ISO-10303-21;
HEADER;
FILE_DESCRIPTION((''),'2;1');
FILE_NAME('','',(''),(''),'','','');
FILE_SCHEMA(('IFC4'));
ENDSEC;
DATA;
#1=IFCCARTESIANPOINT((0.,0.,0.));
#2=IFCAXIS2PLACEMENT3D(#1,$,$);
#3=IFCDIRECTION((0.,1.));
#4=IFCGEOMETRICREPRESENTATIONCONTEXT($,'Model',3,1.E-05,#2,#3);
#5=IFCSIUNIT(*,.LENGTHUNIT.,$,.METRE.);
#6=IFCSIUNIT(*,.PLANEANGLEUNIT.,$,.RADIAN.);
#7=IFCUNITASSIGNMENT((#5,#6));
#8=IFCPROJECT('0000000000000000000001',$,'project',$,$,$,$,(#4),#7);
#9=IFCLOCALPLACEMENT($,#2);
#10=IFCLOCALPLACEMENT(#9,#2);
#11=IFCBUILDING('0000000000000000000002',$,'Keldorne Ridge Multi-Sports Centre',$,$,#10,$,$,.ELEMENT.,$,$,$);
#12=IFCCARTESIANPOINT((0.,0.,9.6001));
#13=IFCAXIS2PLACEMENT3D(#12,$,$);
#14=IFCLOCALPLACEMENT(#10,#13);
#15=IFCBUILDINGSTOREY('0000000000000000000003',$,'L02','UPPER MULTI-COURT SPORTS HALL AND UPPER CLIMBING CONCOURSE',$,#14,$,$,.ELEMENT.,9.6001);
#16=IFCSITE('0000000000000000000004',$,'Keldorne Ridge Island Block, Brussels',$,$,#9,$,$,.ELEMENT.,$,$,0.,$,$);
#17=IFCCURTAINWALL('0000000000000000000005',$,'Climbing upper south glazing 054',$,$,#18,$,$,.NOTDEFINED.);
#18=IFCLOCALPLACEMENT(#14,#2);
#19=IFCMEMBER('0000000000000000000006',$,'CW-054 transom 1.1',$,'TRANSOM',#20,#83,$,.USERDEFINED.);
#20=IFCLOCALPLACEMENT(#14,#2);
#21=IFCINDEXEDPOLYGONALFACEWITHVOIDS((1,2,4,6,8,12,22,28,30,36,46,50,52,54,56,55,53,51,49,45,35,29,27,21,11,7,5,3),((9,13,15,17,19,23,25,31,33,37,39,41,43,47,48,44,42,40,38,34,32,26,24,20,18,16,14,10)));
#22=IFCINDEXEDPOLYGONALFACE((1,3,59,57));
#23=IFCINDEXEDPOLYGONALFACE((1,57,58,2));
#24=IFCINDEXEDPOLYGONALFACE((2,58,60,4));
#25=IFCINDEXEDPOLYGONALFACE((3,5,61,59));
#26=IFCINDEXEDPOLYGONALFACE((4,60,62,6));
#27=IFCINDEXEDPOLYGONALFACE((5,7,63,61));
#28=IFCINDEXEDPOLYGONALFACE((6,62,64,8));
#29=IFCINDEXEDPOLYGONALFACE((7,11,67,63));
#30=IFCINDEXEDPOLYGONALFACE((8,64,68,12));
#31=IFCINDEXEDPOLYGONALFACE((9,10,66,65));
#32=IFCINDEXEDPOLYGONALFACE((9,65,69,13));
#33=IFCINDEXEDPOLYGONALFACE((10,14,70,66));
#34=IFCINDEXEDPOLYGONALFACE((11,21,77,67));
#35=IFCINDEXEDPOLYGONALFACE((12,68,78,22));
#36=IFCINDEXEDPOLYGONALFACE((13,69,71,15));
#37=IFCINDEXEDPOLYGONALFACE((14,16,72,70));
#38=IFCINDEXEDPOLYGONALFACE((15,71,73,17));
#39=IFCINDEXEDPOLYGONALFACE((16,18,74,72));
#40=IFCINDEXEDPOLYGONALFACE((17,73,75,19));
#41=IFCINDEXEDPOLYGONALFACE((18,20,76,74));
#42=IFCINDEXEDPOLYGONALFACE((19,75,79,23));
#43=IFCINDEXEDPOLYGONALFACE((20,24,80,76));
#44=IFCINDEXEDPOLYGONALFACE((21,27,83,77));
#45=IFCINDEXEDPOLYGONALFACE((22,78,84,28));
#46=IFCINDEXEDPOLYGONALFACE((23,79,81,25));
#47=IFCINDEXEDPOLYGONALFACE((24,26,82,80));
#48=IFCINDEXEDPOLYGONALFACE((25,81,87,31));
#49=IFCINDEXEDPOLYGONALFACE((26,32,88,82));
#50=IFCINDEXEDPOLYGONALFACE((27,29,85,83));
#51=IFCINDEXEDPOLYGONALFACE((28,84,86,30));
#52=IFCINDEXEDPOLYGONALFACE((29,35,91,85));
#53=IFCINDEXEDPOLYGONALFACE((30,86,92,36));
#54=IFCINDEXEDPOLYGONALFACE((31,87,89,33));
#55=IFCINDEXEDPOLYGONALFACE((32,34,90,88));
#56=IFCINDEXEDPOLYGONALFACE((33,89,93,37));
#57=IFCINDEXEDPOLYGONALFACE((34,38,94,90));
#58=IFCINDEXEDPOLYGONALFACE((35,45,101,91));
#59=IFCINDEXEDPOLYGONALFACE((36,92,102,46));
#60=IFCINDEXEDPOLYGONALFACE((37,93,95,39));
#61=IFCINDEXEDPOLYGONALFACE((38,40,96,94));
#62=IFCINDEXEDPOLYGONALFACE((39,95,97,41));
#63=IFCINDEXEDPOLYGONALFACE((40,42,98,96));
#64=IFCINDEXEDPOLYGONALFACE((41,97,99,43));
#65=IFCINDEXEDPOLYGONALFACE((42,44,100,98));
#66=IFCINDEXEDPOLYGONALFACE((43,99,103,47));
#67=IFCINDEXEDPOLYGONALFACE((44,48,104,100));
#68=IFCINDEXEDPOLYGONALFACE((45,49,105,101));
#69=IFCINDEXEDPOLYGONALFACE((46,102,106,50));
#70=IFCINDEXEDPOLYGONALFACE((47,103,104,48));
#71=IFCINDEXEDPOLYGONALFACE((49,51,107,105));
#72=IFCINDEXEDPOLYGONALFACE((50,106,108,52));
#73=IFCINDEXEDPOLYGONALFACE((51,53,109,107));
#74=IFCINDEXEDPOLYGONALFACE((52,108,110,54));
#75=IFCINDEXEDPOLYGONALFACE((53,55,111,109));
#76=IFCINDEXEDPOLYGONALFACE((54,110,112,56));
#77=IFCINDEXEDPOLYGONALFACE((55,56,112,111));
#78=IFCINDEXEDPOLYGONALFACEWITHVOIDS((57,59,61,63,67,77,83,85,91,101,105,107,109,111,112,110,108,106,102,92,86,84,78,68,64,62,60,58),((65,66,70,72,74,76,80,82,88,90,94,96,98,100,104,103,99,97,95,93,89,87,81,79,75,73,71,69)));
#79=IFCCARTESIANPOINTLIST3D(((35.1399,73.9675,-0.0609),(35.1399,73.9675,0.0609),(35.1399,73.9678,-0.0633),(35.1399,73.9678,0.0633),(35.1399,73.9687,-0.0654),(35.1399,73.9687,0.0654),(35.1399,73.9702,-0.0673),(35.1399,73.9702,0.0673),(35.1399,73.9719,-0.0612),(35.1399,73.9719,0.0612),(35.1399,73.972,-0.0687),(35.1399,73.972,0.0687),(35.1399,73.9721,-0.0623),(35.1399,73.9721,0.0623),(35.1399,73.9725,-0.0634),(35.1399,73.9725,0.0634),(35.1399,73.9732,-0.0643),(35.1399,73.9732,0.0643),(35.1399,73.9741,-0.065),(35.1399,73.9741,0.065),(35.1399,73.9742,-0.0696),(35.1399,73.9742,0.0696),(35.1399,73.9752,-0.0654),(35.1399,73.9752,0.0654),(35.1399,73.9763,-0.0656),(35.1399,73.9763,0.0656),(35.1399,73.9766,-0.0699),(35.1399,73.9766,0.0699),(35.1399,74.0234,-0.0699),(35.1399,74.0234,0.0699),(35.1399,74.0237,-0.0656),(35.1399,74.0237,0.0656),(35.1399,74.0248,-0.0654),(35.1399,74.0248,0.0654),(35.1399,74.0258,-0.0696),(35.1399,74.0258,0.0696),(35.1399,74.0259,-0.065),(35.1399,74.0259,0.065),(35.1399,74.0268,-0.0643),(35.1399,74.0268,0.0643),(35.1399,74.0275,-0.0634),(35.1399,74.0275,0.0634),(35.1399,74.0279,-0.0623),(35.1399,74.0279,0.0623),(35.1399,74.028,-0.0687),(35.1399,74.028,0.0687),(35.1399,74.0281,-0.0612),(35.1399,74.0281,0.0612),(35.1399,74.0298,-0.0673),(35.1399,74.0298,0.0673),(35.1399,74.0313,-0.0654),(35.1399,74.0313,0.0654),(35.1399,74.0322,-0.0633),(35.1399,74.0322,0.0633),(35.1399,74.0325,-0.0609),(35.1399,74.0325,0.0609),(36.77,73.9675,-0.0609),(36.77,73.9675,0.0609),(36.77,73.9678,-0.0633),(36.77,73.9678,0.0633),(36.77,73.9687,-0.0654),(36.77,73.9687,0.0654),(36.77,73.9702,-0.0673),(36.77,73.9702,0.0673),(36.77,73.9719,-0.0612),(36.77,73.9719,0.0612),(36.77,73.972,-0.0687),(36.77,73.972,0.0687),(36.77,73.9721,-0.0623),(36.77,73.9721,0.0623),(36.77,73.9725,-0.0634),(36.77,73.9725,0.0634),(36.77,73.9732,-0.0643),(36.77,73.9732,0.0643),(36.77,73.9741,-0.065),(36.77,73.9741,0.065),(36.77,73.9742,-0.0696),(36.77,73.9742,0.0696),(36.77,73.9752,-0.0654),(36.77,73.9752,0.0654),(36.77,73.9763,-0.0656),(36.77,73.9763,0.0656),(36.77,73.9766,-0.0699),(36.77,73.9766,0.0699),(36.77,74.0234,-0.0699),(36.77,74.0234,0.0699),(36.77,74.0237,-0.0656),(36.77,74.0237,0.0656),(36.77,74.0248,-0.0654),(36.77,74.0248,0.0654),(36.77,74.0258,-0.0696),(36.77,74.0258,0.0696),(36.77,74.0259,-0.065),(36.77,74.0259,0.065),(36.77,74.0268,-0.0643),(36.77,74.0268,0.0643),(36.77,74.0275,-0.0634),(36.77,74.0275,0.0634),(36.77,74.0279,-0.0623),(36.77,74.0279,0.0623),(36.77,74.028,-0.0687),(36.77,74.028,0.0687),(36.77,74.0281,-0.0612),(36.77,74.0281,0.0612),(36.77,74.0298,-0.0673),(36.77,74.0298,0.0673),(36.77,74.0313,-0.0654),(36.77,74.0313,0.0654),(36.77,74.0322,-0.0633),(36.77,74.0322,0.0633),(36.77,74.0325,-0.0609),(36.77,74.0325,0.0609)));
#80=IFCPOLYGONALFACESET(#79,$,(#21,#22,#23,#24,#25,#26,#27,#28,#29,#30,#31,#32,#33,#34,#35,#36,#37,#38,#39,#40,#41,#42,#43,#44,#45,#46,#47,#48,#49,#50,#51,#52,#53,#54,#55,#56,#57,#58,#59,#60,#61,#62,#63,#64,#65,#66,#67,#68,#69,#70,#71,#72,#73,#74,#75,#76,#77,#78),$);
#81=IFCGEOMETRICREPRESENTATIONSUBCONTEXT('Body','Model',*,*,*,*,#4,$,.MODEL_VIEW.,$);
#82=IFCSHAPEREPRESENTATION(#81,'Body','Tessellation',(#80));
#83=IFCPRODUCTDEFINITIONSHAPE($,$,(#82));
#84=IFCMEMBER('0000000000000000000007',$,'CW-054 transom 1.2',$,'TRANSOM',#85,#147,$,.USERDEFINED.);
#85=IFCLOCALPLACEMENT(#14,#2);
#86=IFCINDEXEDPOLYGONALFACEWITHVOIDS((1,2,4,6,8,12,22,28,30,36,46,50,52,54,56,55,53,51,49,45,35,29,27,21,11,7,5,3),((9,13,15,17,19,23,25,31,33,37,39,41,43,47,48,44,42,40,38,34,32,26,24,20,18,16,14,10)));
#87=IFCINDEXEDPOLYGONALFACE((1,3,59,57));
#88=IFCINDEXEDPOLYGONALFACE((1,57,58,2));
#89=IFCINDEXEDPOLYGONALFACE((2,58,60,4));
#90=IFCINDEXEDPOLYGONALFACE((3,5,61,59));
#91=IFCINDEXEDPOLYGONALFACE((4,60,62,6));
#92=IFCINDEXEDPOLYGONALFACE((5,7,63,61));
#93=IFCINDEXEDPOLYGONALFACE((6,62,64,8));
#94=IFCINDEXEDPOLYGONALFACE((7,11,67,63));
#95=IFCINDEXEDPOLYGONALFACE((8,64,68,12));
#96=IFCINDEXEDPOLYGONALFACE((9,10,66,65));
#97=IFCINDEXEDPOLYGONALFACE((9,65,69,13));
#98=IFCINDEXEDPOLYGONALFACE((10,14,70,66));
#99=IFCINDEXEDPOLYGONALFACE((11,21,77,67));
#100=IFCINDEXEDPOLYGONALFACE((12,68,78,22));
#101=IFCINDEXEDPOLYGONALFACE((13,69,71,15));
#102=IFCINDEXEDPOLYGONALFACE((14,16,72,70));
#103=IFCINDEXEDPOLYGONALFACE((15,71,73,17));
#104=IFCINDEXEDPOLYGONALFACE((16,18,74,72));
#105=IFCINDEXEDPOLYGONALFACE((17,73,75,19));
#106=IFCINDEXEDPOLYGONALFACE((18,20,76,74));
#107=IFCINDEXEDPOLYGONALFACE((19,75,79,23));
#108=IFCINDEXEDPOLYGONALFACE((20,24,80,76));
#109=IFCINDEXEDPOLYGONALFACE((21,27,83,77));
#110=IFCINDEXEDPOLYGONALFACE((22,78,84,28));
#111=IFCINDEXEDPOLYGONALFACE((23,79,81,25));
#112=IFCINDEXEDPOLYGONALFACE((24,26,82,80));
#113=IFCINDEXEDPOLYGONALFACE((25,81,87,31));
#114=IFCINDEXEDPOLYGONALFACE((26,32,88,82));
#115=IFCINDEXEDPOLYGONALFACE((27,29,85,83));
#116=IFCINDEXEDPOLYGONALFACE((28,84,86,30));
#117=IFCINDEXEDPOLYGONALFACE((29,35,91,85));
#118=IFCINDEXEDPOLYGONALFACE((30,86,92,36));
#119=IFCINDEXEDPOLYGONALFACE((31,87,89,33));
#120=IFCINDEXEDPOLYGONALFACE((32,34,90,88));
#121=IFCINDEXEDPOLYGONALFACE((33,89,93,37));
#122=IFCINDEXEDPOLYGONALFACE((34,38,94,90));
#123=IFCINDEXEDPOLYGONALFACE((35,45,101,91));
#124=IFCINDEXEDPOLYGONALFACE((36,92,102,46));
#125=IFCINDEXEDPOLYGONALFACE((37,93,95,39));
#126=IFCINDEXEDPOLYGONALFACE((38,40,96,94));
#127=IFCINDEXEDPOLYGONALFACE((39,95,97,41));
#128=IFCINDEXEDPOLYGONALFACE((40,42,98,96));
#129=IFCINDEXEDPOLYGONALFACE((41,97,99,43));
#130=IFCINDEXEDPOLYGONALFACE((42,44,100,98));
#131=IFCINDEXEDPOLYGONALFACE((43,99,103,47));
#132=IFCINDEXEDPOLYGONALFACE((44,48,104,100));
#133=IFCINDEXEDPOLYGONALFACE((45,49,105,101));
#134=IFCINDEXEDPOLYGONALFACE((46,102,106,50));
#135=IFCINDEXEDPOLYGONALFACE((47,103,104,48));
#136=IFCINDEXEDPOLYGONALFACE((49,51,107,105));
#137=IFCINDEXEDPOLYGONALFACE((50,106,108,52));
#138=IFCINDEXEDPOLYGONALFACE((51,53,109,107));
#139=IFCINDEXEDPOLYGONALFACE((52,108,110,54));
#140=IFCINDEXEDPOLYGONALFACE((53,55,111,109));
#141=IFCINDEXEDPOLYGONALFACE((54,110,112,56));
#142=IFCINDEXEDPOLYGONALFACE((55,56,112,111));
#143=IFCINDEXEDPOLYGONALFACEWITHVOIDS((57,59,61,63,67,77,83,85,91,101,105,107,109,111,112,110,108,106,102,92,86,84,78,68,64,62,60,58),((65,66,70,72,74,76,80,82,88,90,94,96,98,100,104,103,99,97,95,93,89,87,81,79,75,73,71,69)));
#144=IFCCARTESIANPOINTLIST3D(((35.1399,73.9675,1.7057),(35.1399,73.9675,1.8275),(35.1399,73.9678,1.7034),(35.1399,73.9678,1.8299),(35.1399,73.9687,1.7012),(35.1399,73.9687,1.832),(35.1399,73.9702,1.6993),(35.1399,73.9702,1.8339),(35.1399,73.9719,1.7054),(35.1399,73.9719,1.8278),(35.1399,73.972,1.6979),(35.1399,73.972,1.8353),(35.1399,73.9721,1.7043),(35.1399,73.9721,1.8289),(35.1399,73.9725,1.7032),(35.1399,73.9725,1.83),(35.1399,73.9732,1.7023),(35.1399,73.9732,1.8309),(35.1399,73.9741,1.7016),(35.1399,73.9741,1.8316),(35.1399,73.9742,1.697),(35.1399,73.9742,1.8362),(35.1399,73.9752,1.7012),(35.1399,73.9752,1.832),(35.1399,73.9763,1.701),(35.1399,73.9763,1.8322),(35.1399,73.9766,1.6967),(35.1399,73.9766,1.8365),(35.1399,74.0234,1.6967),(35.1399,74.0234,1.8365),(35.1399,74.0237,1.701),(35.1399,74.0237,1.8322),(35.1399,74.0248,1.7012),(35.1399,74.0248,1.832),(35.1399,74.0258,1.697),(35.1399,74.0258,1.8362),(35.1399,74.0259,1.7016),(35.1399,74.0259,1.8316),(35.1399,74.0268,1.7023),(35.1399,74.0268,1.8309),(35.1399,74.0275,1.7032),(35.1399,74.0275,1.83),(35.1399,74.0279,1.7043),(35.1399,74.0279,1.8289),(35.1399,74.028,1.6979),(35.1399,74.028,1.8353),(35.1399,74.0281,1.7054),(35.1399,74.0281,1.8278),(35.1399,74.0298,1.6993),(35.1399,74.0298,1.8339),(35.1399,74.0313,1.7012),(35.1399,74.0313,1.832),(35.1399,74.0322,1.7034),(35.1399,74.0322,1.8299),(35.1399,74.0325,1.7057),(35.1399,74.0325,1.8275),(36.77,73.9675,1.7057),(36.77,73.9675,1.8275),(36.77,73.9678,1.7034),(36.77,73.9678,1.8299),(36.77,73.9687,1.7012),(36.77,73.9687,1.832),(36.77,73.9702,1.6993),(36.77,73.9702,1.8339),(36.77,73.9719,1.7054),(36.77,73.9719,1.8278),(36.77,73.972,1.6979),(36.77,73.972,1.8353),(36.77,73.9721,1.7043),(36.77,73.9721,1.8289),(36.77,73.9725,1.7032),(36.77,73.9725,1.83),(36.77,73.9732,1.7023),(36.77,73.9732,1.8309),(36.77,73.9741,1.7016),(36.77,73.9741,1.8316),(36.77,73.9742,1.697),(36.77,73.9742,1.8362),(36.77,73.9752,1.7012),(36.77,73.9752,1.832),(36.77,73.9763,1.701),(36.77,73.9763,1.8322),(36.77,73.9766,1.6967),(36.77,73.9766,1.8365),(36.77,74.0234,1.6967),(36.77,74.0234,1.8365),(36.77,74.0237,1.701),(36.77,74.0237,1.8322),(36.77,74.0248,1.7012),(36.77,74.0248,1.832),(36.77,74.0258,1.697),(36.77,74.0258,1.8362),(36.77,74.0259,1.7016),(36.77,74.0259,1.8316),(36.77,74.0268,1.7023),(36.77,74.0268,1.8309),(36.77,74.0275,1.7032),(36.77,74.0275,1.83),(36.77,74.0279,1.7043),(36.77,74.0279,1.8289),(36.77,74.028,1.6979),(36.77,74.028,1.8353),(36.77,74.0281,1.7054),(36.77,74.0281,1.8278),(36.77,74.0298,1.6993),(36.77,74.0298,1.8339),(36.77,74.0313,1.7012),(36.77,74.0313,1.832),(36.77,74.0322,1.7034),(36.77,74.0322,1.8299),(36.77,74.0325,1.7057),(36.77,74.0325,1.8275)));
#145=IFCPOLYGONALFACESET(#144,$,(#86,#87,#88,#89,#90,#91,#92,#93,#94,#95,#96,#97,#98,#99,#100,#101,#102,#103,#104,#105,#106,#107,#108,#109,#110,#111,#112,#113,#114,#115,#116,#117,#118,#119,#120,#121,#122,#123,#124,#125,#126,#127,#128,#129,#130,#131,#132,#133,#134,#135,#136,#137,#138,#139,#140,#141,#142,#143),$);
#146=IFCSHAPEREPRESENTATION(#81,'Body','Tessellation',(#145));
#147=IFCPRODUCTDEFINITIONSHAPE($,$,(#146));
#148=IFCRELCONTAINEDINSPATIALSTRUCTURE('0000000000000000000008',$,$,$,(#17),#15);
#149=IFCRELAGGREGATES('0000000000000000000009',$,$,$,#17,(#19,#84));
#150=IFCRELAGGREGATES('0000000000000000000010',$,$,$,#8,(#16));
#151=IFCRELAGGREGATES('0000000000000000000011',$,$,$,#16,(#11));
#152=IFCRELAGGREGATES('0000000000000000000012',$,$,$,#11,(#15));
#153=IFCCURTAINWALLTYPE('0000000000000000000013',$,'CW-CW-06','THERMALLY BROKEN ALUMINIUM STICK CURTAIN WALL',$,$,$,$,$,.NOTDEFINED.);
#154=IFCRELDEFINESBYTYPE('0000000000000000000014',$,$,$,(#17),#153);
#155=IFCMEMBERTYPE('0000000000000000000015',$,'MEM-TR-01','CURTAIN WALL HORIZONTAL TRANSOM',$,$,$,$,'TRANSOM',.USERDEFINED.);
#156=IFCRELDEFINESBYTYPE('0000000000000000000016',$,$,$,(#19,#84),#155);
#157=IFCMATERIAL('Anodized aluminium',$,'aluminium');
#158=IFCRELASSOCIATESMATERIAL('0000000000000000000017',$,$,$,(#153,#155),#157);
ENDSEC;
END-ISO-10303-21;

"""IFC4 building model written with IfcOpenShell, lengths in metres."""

from ifc_helpers import new_model, si_unit, direction, frame, origin, origin_2d, place, context, subcontext, project, spatial, hollow_rectangle, extrude, material, material_profile, profile_set, type_object, element, aggregate, save


model = new_model("IFC4")

# Units and contexts
model_context = context("Model", 3, precision=1e-05, world=origin(), true_north=direction((0.0, 1.0)))
body_context = subcontext(model_context, "Body", "Model", "MODEL_VIEW")
ifc_project = project(units=[si_unit("LENGTHUNIT", "METRE"), si_unit("PLANEANGLEUNIT", "RADIAN")], contexts=[model_context])

# Site, building, storey
site_placement = place(None, origin())
site = spatial("IfcSite", under=ifc_project, at=site_placement, Name="Keldorne Ridge Island Block, Brussels", CompositionType="ELEMENT", RefElevation=0.0)
building_placement = place(site_placement, origin())
building = spatial("IfcBuilding", under=site, at=building_placement, Name="Keldorne Ridge Multi-Sports Centre", CompositionType="ELEMENT")
storey_placement = place(building_placement, frame((0.0, 0.0, 9.6001)))
storey = spatial("IfcBuildingStorey", under=building, at=storey_placement, Name="L02", Description="UPPER MULTI-COURT SPORTS HALL AND UPPER CLIMBING CONCOURSE", CompositionType="ELEMENT", Elevation=9.6001)

# Shared definitions
ifc_material_1 = material(Name="Anodized aluminium", Category="aluminium")

# Curtain wall, members
curtain_wall_type_1 = type_object("IfcCurtainWallType", Name="CW-CW-06", Description="THERMALLY BROKEN ALUMINIUM STICK CURTAIN WALL", PredefinedType="NOTDEFINED", material=ifc_material_1)
curtain_wall_1_placement = place(storey_placement, origin())
curtain_wall_1 = element("IfcCurtainWall", 1, at=curtain_wall_1_placement, inside=storey, type_object=curtain_wall_type_1, Name="Climbing upper south glazing 054", PredefinedType="NOTDEFINED")
ifc_material_profile_1 = material_profile(ifc_material_1, hollow_rectangle(XDim=0.0649, YDim=0.1399, WallThickness=0.0044, InnerFilletRadius=0.0044, OuterFilletRadius=0.009, at=origin_2d()), Name="ALU TRANSOM 140x65x4.5")
ifc_profile_set_1 = profile_set([ifc_material_profile_1], Name="Anodized aluminium")
member_type_1 = type_object("IfcMemberType", Name="MEM-TR-01", Description="CURTAIN WALL HORIZONTAL TRANSOM", ElementType="TRANSOM", PredefinedType="USERDEFINED", material=ifc_profile_set_1)
member_1_placement = place(storey_placement, frame((35.1399, 74.0, 0.0), z_axis=(1.0, 0.0, 0.0), x_axis=(0.0, 1.0, 0.0)))
member_1 = element("IfcMember", 2, at=member_1_placement, type_object=member_type_1, Name="CW-054 transom 1.1", ObjectType="TRANSOM", PredefinedType="USERDEFINED", context=body_context, shape_type="SweptSolid", body=[
    extrude(hollow_rectangle(XDim=0.0649, YDim=0.1399, WallThickness=0.0044, InnerFilletRadius=0.0044, OuterFilletRadius=0.009, at=origin_2d()), origin(), (0.0, 0.0, 1.0), 1.6301),
])
member_2_placement = place(storey_placement, frame((35.1399, 74.0, 1.7666), z_axis=(1.0, 0.0, 0.0), x_axis=(0.0, 1.0, 0.0)))
member_2 = element("IfcMember", 3, at=member_2_placement, type_object=member_type_1, Name="CW-054 transom 1.2", ObjectType="TRANSOM", PredefinedType="USERDEFINED", context=body_context, shape_type="SweptSolid", body=[
    extrude(hollow_rectangle(XDim=0.0649, YDim=0.1399, WallThickness=0.0044, InnerFilletRadius=0.0044, OuterFilletRadius=0.009, at=origin_2d()), origin(), (0.0, 0.0, 1.0), 1.6301),
])

aggregate(curtain_wall_1, [member_1, member_2])

save(model, "model.ifc")
